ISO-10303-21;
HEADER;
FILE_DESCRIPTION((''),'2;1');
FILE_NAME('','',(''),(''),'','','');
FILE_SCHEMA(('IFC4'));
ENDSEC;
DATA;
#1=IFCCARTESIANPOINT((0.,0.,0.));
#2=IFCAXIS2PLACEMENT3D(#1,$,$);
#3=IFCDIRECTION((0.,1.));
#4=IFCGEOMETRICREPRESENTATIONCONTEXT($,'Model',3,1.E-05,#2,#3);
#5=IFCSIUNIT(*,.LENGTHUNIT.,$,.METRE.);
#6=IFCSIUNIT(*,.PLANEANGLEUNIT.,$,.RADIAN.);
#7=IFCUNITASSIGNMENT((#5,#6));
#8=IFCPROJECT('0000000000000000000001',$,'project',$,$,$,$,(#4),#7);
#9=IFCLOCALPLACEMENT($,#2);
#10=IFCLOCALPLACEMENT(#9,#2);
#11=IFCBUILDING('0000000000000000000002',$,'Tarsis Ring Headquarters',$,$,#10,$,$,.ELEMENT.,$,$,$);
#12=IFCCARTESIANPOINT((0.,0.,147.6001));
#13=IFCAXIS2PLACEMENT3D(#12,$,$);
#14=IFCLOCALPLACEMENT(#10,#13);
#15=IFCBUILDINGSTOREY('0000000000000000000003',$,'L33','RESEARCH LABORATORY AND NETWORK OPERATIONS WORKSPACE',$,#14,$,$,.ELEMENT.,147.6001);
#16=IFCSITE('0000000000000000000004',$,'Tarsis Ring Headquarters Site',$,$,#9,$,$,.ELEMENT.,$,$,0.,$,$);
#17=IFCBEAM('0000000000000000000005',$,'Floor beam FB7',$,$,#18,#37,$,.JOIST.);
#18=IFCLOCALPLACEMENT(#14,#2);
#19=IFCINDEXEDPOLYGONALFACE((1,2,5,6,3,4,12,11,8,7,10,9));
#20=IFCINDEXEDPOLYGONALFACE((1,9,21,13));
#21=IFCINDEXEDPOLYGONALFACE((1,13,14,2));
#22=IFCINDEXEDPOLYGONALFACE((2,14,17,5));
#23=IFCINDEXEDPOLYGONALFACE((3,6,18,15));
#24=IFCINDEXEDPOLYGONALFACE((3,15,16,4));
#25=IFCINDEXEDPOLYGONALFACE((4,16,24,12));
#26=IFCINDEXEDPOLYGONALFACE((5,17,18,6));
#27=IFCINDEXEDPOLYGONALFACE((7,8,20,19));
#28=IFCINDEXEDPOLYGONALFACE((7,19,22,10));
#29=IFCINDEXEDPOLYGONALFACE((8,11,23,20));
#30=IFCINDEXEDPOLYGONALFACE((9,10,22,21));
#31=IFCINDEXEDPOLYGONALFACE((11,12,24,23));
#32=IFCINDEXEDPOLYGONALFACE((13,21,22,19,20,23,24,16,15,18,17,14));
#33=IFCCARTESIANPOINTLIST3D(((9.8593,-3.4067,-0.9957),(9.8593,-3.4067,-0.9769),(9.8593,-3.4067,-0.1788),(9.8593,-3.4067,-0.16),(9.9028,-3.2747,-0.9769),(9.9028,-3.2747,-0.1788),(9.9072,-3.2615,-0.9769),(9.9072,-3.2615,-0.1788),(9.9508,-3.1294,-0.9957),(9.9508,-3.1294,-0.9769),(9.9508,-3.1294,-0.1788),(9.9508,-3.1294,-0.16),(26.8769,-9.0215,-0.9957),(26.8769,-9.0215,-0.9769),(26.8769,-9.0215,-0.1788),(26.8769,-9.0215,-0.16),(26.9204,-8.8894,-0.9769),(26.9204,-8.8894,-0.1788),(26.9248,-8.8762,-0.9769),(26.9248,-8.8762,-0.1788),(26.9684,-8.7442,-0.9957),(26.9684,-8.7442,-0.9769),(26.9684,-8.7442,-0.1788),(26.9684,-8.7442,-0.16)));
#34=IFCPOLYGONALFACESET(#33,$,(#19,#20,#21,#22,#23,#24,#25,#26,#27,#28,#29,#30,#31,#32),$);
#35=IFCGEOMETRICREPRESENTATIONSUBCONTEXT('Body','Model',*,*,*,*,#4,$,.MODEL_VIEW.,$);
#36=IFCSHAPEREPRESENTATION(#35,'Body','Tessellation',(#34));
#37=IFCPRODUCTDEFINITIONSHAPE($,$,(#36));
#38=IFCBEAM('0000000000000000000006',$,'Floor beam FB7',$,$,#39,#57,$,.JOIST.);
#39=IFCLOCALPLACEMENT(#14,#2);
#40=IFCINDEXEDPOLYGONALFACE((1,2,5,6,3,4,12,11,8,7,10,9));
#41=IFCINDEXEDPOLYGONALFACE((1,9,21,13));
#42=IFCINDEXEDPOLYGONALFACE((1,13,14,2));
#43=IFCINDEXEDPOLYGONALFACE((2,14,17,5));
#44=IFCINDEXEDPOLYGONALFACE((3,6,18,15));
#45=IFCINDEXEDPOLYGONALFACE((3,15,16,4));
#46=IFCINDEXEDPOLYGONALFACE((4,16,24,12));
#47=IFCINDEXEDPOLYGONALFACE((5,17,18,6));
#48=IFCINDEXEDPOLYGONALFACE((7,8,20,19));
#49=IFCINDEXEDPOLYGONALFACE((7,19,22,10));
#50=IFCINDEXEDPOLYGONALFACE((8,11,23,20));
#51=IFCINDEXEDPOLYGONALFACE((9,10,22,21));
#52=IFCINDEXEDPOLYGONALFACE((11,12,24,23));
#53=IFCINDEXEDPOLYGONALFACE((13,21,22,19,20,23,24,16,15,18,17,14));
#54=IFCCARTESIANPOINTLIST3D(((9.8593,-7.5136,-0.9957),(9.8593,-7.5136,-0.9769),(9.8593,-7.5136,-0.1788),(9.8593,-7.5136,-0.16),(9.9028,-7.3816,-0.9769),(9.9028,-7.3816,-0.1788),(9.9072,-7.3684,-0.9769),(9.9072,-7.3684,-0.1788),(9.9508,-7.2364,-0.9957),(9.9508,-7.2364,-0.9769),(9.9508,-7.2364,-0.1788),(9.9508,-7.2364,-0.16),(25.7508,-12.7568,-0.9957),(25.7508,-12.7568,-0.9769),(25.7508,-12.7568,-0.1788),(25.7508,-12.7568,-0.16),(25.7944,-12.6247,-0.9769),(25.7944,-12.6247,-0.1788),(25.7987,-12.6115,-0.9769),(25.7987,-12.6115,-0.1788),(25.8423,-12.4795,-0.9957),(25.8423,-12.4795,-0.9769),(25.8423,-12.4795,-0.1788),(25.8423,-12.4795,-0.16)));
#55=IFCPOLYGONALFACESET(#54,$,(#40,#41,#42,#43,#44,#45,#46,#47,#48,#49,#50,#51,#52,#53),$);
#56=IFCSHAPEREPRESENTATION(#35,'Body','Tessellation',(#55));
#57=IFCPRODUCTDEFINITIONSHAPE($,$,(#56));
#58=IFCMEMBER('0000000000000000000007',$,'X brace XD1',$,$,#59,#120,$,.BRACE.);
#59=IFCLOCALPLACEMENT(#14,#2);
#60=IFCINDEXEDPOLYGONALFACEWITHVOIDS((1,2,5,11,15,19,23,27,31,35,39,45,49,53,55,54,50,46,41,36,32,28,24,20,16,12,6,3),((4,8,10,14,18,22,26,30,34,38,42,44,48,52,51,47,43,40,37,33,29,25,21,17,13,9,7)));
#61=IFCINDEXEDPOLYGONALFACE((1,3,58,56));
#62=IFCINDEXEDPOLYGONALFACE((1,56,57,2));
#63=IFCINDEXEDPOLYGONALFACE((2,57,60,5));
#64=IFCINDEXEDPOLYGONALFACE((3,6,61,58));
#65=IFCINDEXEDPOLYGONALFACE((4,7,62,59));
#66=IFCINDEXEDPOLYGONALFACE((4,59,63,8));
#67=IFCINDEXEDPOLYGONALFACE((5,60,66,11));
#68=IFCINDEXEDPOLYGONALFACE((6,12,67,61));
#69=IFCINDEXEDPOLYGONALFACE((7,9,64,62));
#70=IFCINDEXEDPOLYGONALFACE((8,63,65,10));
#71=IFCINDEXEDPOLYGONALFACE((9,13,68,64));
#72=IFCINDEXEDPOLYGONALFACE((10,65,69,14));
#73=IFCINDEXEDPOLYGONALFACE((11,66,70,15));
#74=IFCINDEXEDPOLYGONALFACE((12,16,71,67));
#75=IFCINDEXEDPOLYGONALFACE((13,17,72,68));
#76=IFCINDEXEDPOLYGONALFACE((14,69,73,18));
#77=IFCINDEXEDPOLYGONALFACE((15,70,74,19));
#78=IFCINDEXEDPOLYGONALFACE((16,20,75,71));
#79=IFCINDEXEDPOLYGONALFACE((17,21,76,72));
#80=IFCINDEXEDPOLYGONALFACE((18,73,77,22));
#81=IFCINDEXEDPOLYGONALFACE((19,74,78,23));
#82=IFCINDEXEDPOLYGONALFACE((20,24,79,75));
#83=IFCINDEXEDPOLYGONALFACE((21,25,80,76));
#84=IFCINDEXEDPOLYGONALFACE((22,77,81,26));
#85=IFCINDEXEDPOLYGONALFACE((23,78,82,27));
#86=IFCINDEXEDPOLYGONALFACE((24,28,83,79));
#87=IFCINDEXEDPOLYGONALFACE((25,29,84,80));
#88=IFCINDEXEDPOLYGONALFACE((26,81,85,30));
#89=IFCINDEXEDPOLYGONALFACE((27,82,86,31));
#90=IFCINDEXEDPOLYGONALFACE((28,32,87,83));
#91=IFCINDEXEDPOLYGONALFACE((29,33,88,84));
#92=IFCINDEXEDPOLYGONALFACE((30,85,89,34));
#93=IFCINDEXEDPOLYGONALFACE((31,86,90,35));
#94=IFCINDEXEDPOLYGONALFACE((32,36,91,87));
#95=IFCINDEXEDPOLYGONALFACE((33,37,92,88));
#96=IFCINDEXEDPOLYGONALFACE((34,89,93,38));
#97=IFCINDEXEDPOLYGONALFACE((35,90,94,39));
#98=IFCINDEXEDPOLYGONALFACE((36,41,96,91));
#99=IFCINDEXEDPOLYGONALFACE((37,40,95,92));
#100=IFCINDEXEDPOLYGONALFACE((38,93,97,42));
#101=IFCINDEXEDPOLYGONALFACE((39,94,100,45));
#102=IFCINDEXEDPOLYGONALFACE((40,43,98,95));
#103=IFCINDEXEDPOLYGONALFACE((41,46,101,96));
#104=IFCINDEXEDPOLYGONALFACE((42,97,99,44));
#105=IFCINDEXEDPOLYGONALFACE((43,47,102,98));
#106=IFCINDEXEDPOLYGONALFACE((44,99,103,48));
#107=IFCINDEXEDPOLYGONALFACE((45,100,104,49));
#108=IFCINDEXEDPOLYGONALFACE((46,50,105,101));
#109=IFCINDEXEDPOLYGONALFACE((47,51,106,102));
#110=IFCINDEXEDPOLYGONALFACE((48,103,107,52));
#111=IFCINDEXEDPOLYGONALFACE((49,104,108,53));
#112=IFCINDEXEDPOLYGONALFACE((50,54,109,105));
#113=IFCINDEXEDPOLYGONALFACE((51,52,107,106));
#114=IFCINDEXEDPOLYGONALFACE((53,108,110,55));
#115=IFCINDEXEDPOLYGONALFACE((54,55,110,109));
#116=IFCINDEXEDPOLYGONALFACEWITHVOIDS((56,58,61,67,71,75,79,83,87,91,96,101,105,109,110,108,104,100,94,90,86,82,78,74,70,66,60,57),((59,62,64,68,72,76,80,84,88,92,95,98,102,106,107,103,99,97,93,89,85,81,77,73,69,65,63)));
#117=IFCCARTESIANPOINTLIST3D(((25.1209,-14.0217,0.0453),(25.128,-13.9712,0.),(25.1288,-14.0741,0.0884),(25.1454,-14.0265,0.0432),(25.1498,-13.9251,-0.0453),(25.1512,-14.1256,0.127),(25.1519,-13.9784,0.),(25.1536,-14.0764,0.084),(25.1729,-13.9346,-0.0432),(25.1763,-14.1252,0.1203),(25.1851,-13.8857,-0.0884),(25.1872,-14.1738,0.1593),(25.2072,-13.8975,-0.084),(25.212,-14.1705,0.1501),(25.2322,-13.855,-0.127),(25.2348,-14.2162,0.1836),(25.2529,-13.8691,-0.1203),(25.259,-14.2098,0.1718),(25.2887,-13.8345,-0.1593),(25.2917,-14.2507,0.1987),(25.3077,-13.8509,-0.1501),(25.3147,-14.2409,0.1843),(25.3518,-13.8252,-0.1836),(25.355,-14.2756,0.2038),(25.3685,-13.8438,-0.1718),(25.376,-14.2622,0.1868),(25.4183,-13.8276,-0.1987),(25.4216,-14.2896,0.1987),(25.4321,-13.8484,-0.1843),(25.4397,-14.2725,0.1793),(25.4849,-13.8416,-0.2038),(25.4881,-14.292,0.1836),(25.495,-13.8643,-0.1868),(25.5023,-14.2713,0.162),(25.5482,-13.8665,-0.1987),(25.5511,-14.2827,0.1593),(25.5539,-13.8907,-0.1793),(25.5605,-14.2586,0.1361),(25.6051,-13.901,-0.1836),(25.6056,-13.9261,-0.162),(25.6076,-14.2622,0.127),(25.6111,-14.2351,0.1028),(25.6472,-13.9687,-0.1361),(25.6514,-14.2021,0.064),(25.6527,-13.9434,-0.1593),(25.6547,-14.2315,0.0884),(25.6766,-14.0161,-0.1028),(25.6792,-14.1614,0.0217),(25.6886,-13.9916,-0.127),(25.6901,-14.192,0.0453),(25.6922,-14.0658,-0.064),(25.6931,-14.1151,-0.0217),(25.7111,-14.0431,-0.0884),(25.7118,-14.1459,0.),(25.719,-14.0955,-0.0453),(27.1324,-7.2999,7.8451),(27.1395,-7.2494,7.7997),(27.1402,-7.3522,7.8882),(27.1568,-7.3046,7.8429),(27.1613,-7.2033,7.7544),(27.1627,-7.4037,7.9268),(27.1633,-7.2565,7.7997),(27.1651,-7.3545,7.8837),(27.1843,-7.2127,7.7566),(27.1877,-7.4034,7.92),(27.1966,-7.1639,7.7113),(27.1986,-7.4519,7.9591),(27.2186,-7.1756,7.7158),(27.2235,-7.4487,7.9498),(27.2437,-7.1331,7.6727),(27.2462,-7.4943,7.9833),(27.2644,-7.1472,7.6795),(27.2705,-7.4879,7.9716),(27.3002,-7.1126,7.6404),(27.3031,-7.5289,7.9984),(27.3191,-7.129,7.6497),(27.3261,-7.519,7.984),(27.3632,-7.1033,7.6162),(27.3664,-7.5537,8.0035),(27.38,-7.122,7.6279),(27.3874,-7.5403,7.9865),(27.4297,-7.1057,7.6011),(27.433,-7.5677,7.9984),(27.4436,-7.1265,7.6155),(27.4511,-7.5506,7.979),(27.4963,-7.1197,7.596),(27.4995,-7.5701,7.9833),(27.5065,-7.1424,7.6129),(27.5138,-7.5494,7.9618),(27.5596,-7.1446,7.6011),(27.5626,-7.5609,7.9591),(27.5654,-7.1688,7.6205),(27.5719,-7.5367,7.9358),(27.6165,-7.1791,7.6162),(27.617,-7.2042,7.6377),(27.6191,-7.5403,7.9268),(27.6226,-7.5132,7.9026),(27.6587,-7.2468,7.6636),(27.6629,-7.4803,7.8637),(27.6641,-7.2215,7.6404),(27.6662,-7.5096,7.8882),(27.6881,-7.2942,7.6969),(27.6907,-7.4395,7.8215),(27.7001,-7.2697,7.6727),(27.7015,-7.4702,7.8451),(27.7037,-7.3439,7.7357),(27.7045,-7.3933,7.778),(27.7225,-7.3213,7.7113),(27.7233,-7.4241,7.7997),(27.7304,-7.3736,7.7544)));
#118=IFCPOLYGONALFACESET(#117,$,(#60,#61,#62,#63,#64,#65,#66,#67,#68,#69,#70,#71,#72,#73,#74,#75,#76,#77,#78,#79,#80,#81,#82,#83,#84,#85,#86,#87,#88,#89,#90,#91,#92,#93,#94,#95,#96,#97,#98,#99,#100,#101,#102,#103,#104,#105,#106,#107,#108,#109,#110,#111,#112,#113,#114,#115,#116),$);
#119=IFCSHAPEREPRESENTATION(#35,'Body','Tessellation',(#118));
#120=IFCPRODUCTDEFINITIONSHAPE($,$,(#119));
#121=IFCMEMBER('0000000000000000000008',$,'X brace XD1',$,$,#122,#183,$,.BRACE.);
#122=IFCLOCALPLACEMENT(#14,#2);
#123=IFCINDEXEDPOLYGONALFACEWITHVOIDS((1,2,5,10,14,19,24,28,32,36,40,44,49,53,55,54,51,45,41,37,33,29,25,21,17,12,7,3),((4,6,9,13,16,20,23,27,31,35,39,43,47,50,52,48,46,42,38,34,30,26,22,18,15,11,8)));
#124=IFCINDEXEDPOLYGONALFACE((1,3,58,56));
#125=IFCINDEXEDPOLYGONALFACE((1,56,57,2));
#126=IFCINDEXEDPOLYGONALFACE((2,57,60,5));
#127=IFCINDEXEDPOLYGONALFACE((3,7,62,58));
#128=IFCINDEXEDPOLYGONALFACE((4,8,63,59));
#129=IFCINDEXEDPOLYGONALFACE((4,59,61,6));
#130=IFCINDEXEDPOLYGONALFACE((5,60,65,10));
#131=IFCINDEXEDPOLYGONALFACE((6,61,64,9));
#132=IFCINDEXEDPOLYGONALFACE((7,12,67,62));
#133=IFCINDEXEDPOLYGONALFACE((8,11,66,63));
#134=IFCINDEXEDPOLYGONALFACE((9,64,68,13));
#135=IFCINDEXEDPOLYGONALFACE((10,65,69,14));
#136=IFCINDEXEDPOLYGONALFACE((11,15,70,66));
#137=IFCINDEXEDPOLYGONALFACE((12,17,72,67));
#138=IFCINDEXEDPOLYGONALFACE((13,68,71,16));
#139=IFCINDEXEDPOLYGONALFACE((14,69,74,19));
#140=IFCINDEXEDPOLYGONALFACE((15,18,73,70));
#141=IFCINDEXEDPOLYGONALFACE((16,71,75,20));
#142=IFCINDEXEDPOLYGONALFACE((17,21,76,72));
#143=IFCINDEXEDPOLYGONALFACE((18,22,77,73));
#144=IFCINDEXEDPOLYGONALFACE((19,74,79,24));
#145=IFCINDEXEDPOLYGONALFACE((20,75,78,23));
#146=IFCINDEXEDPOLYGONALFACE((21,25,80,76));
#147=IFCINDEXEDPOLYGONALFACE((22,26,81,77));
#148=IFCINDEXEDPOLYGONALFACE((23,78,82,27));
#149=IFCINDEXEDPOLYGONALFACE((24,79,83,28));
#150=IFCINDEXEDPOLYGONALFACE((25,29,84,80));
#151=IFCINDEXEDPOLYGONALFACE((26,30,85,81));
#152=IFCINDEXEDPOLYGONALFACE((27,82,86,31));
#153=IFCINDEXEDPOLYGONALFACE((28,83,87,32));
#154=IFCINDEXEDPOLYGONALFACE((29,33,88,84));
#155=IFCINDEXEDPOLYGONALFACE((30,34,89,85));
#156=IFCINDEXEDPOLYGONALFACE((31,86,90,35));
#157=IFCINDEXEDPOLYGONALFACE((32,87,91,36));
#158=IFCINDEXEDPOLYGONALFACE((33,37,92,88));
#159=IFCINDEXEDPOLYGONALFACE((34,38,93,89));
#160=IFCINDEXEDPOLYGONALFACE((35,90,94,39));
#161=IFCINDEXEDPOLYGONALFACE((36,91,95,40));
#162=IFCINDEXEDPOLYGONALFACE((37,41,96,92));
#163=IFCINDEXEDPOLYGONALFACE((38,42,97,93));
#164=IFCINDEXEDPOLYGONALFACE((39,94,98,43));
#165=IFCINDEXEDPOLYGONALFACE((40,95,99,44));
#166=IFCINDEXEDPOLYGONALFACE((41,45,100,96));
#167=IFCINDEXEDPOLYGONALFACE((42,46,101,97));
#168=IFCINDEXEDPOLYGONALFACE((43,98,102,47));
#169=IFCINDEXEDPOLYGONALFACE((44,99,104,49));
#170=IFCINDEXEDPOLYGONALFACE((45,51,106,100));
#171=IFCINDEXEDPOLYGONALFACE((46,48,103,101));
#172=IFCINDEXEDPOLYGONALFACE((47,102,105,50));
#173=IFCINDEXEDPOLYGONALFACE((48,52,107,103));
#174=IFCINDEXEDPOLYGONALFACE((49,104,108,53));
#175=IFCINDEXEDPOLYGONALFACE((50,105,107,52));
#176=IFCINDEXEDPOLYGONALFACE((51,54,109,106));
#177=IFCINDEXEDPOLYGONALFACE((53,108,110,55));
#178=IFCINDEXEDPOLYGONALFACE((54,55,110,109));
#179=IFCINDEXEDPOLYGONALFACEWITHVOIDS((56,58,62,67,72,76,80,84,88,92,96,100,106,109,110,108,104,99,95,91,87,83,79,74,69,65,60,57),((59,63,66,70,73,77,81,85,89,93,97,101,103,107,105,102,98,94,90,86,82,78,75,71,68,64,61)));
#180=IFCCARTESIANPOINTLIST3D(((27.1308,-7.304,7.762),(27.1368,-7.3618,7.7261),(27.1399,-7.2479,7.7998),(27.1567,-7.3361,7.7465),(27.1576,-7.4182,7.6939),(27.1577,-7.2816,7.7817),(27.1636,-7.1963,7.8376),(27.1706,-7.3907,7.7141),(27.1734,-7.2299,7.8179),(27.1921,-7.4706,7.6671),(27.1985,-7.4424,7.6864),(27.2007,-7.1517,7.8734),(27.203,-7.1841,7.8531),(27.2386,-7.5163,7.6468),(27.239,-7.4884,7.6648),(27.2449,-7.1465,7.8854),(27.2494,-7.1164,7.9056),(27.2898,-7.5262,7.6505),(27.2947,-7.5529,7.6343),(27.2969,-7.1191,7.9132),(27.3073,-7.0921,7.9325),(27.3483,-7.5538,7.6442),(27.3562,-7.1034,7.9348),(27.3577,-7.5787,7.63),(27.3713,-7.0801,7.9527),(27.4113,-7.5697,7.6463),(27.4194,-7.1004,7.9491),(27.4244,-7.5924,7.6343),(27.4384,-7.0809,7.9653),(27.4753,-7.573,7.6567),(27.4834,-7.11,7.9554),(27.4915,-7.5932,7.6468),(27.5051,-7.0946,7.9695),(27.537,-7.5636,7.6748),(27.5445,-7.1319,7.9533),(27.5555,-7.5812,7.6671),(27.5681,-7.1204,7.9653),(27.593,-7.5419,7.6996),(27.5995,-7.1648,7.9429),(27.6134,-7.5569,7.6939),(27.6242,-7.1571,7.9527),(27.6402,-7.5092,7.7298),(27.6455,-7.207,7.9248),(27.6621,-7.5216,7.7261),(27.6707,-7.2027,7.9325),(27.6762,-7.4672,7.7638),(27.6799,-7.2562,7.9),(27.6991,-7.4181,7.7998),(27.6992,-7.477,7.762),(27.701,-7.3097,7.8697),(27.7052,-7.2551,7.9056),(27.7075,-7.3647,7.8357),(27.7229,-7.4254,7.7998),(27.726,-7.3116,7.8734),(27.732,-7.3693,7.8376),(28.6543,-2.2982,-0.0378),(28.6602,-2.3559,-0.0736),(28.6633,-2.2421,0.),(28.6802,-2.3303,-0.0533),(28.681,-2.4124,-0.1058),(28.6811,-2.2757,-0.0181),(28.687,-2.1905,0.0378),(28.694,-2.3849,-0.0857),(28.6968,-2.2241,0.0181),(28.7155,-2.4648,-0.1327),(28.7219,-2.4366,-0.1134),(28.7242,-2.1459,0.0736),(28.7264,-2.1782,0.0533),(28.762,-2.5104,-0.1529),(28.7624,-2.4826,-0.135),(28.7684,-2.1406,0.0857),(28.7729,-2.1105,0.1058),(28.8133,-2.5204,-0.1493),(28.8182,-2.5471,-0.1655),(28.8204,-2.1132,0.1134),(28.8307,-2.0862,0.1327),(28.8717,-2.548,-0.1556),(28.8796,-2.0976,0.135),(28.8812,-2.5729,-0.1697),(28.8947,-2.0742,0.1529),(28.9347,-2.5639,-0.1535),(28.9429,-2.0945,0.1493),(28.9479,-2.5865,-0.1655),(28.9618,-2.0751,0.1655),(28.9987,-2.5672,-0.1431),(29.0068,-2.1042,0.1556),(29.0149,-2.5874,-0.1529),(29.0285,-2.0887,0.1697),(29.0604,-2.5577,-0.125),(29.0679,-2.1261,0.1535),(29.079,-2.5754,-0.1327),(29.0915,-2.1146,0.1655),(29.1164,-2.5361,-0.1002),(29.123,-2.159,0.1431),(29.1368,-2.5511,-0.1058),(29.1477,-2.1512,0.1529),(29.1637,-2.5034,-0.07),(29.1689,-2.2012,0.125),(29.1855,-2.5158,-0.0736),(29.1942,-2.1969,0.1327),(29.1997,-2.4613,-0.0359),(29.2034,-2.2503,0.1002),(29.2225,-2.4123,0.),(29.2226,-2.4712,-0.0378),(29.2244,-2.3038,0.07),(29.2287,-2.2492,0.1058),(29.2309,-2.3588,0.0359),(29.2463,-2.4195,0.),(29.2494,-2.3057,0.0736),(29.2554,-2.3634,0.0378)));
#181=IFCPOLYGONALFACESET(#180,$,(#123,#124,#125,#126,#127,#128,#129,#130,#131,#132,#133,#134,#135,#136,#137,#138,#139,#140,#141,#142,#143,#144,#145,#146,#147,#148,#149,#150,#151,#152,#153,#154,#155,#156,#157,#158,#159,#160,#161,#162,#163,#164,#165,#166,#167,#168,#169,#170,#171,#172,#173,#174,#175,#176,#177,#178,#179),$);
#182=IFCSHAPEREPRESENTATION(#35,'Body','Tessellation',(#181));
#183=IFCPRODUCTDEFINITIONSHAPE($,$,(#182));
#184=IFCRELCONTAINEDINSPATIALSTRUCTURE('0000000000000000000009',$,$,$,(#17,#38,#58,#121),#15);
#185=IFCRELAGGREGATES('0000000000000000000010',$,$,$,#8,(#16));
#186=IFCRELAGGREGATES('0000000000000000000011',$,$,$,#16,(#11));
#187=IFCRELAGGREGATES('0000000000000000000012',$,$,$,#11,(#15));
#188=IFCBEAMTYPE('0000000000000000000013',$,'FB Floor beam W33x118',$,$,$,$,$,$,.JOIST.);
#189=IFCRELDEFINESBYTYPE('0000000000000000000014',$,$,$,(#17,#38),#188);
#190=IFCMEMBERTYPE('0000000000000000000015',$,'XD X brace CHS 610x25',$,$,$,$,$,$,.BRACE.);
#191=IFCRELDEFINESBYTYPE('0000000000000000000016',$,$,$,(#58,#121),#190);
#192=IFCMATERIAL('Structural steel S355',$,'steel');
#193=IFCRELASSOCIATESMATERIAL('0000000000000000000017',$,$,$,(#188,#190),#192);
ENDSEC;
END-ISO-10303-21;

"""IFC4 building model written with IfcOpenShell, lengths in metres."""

from ifc_helpers import new_model, si_unit, direction, frame, origin, origin_2d, place, context, subcontext, project, spatial, hollow_circle, i_section, extrude, material, material_profile, profile_set, type_object, element, save


model = new_model("IFC4")

# Units and contexts
model_context = context("Model", 3, precision=1e-05, world=origin(), true_north=direction((0.0, 1.0)))
body_context = subcontext(model_context, "Body", "Model", "MODEL_VIEW")
ifc_project = project(units=[si_unit("LENGTHUNIT", "METRE"), si_unit("PLANEANGLEUNIT", "RADIAN")], contexts=[model_context])

# Site, building, storey
site_placement = place(None, origin())
site = spatial("IfcSite", under=ifc_project, at=site_placement, Name="Tarsis Ring Headquarters Site", CompositionType="ELEMENT", RefElevation=0.0)
building_placement = place(site_placement, origin())
building = spatial("IfcBuilding", under=site, at=building_placement, Name="Tarsis Ring Headquarters", CompositionType="ELEMENT")
storey_placement = place(building_placement, frame((0.0, 0.0, 147.6001)))
storey = spatial("IfcBuildingStorey", under=building, at=storey_placement, Name="L33", Description="RESEARCH LABORATORY AND NETWORK OPERATIONS WORKSPACE", CompositionType="ELEMENT", Elevation=147.6001)

# Shared definitions
ifc_material_1 = material(Name="Structural steel S355", Category="steel")

# Beams
ifc_material_profile_1 = material_profile(ifc_material_1, i_section(OverallWidth=0.292, OverallDepth=0.8357, WebThickness=0.0139, FlangeThickness=0.0188, at=origin_2d()), Name="W33x118")
ifc_profile_set_1 = profile_set([ifc_material_profile_1], Name="Structural steel S355")
beam_type_1 = type_object("IfcBeamType", Name="FB Floor beam W33x118", PredefinedType="JOIST", material=ifc_profile_set_1)
beam_1_placement = place(storey_placement, frame((9.905, -3.2681, -0.5779), z_axis=(0.949646, -0.313324, 0.0), x_axis=(0.313324, 0.949646, 0.0)))
element("IfcBeam", 1, at=beam_1_placement, inside=storey, type_object=beam_type_1, Name="Floor beam FB7", PredefinedType="JOIST", context=body_context, shape_type="SweptSolid", body=[
    extrude(i_section(OverallWidth=0.292, OverallDepth=0.8357, WebThickness=0.0139, FlangeThickness=0.0188, at=origin_2d()), origin(), (0.0, 0.0, 1.0), 17.9199),
])
beam_2_placement = place(storey_placement, frame((9.905, -7.375, -0.5779), z_axis=(0.949648, -0.31332, 0.0), x_axis=(0.31332, 0.949648, 0.0)))
element("IfcBeam", 2, at=beam_2_placement, inside=storey, type_object=beam_type_1, Name="Floor beam FB7", PredefinedType="JOIST", context=body_context, shape_type="SweptSolid", body=[
    extrude(i_section(OverallWidth=0.292, OverallDepth=0.8357, WebThickness=0.0139, FlangeThickness=0.0188, at=origin_2d()), origin(), (0.0, 0.0, 1.0), 16.7341),
])

# Members
ifc_material_profile_2 = material_profile(ifc_material_1, hollow_circle(Radius=0.3047, WallThickness=0.0249, at=origin_2d()), Name="CHS 610x25")
ifc_profile_set_2 = profile_set([ifc_material_profile_2], Name="Structural steel S355")
member_type = type_object("IfcMemberType", Name="XD X brace CHS 610x25", PredefinedType="BRACE", material=ifc_profile_set_2)
member_1_placement = place(storey_placement, frame((25.4199, -14.0586, 0.0), z_axis=(0.191728, 0.640714, 0.743455), x_axis=(-0.958026, 0.286681, 0.0)))
element("IfcMember", 3, at=member_1_placement, inside=storey, type_object=member_type, Name="X brace XD1", PredefinedType="BRACE", context=body_context, shape_type="SweptSolid", body=[
    extrude(hollow_circle(Radius=0.3047, WallThickness=0.0249, at=origin_2d()), origin(), (0.0, 0.0, 1.0), 10.4912),
])
member_2_placement = place(storey_placement, frame((28.9548, -2.3308, 0.0), z_axis=(-0.1622, -0.532971, 0.830441), x_axis=(0.956678, -0.291147, 0.0)))
element("IfcMember", 4, at=member_2_placement, inside=storey, type_object=member_type, Name="X brace XD1", PredefinedType="BRACE", context=body_context, shape_type="SweptSolid", body=[
    extrude(hollow_circle(Radius=0.3047, WallThickness=0.0249, at=origin_2d()), origin(), (0.0, 0.0, 1.0), 9.3923),
])

save(model, "model.ifc")
